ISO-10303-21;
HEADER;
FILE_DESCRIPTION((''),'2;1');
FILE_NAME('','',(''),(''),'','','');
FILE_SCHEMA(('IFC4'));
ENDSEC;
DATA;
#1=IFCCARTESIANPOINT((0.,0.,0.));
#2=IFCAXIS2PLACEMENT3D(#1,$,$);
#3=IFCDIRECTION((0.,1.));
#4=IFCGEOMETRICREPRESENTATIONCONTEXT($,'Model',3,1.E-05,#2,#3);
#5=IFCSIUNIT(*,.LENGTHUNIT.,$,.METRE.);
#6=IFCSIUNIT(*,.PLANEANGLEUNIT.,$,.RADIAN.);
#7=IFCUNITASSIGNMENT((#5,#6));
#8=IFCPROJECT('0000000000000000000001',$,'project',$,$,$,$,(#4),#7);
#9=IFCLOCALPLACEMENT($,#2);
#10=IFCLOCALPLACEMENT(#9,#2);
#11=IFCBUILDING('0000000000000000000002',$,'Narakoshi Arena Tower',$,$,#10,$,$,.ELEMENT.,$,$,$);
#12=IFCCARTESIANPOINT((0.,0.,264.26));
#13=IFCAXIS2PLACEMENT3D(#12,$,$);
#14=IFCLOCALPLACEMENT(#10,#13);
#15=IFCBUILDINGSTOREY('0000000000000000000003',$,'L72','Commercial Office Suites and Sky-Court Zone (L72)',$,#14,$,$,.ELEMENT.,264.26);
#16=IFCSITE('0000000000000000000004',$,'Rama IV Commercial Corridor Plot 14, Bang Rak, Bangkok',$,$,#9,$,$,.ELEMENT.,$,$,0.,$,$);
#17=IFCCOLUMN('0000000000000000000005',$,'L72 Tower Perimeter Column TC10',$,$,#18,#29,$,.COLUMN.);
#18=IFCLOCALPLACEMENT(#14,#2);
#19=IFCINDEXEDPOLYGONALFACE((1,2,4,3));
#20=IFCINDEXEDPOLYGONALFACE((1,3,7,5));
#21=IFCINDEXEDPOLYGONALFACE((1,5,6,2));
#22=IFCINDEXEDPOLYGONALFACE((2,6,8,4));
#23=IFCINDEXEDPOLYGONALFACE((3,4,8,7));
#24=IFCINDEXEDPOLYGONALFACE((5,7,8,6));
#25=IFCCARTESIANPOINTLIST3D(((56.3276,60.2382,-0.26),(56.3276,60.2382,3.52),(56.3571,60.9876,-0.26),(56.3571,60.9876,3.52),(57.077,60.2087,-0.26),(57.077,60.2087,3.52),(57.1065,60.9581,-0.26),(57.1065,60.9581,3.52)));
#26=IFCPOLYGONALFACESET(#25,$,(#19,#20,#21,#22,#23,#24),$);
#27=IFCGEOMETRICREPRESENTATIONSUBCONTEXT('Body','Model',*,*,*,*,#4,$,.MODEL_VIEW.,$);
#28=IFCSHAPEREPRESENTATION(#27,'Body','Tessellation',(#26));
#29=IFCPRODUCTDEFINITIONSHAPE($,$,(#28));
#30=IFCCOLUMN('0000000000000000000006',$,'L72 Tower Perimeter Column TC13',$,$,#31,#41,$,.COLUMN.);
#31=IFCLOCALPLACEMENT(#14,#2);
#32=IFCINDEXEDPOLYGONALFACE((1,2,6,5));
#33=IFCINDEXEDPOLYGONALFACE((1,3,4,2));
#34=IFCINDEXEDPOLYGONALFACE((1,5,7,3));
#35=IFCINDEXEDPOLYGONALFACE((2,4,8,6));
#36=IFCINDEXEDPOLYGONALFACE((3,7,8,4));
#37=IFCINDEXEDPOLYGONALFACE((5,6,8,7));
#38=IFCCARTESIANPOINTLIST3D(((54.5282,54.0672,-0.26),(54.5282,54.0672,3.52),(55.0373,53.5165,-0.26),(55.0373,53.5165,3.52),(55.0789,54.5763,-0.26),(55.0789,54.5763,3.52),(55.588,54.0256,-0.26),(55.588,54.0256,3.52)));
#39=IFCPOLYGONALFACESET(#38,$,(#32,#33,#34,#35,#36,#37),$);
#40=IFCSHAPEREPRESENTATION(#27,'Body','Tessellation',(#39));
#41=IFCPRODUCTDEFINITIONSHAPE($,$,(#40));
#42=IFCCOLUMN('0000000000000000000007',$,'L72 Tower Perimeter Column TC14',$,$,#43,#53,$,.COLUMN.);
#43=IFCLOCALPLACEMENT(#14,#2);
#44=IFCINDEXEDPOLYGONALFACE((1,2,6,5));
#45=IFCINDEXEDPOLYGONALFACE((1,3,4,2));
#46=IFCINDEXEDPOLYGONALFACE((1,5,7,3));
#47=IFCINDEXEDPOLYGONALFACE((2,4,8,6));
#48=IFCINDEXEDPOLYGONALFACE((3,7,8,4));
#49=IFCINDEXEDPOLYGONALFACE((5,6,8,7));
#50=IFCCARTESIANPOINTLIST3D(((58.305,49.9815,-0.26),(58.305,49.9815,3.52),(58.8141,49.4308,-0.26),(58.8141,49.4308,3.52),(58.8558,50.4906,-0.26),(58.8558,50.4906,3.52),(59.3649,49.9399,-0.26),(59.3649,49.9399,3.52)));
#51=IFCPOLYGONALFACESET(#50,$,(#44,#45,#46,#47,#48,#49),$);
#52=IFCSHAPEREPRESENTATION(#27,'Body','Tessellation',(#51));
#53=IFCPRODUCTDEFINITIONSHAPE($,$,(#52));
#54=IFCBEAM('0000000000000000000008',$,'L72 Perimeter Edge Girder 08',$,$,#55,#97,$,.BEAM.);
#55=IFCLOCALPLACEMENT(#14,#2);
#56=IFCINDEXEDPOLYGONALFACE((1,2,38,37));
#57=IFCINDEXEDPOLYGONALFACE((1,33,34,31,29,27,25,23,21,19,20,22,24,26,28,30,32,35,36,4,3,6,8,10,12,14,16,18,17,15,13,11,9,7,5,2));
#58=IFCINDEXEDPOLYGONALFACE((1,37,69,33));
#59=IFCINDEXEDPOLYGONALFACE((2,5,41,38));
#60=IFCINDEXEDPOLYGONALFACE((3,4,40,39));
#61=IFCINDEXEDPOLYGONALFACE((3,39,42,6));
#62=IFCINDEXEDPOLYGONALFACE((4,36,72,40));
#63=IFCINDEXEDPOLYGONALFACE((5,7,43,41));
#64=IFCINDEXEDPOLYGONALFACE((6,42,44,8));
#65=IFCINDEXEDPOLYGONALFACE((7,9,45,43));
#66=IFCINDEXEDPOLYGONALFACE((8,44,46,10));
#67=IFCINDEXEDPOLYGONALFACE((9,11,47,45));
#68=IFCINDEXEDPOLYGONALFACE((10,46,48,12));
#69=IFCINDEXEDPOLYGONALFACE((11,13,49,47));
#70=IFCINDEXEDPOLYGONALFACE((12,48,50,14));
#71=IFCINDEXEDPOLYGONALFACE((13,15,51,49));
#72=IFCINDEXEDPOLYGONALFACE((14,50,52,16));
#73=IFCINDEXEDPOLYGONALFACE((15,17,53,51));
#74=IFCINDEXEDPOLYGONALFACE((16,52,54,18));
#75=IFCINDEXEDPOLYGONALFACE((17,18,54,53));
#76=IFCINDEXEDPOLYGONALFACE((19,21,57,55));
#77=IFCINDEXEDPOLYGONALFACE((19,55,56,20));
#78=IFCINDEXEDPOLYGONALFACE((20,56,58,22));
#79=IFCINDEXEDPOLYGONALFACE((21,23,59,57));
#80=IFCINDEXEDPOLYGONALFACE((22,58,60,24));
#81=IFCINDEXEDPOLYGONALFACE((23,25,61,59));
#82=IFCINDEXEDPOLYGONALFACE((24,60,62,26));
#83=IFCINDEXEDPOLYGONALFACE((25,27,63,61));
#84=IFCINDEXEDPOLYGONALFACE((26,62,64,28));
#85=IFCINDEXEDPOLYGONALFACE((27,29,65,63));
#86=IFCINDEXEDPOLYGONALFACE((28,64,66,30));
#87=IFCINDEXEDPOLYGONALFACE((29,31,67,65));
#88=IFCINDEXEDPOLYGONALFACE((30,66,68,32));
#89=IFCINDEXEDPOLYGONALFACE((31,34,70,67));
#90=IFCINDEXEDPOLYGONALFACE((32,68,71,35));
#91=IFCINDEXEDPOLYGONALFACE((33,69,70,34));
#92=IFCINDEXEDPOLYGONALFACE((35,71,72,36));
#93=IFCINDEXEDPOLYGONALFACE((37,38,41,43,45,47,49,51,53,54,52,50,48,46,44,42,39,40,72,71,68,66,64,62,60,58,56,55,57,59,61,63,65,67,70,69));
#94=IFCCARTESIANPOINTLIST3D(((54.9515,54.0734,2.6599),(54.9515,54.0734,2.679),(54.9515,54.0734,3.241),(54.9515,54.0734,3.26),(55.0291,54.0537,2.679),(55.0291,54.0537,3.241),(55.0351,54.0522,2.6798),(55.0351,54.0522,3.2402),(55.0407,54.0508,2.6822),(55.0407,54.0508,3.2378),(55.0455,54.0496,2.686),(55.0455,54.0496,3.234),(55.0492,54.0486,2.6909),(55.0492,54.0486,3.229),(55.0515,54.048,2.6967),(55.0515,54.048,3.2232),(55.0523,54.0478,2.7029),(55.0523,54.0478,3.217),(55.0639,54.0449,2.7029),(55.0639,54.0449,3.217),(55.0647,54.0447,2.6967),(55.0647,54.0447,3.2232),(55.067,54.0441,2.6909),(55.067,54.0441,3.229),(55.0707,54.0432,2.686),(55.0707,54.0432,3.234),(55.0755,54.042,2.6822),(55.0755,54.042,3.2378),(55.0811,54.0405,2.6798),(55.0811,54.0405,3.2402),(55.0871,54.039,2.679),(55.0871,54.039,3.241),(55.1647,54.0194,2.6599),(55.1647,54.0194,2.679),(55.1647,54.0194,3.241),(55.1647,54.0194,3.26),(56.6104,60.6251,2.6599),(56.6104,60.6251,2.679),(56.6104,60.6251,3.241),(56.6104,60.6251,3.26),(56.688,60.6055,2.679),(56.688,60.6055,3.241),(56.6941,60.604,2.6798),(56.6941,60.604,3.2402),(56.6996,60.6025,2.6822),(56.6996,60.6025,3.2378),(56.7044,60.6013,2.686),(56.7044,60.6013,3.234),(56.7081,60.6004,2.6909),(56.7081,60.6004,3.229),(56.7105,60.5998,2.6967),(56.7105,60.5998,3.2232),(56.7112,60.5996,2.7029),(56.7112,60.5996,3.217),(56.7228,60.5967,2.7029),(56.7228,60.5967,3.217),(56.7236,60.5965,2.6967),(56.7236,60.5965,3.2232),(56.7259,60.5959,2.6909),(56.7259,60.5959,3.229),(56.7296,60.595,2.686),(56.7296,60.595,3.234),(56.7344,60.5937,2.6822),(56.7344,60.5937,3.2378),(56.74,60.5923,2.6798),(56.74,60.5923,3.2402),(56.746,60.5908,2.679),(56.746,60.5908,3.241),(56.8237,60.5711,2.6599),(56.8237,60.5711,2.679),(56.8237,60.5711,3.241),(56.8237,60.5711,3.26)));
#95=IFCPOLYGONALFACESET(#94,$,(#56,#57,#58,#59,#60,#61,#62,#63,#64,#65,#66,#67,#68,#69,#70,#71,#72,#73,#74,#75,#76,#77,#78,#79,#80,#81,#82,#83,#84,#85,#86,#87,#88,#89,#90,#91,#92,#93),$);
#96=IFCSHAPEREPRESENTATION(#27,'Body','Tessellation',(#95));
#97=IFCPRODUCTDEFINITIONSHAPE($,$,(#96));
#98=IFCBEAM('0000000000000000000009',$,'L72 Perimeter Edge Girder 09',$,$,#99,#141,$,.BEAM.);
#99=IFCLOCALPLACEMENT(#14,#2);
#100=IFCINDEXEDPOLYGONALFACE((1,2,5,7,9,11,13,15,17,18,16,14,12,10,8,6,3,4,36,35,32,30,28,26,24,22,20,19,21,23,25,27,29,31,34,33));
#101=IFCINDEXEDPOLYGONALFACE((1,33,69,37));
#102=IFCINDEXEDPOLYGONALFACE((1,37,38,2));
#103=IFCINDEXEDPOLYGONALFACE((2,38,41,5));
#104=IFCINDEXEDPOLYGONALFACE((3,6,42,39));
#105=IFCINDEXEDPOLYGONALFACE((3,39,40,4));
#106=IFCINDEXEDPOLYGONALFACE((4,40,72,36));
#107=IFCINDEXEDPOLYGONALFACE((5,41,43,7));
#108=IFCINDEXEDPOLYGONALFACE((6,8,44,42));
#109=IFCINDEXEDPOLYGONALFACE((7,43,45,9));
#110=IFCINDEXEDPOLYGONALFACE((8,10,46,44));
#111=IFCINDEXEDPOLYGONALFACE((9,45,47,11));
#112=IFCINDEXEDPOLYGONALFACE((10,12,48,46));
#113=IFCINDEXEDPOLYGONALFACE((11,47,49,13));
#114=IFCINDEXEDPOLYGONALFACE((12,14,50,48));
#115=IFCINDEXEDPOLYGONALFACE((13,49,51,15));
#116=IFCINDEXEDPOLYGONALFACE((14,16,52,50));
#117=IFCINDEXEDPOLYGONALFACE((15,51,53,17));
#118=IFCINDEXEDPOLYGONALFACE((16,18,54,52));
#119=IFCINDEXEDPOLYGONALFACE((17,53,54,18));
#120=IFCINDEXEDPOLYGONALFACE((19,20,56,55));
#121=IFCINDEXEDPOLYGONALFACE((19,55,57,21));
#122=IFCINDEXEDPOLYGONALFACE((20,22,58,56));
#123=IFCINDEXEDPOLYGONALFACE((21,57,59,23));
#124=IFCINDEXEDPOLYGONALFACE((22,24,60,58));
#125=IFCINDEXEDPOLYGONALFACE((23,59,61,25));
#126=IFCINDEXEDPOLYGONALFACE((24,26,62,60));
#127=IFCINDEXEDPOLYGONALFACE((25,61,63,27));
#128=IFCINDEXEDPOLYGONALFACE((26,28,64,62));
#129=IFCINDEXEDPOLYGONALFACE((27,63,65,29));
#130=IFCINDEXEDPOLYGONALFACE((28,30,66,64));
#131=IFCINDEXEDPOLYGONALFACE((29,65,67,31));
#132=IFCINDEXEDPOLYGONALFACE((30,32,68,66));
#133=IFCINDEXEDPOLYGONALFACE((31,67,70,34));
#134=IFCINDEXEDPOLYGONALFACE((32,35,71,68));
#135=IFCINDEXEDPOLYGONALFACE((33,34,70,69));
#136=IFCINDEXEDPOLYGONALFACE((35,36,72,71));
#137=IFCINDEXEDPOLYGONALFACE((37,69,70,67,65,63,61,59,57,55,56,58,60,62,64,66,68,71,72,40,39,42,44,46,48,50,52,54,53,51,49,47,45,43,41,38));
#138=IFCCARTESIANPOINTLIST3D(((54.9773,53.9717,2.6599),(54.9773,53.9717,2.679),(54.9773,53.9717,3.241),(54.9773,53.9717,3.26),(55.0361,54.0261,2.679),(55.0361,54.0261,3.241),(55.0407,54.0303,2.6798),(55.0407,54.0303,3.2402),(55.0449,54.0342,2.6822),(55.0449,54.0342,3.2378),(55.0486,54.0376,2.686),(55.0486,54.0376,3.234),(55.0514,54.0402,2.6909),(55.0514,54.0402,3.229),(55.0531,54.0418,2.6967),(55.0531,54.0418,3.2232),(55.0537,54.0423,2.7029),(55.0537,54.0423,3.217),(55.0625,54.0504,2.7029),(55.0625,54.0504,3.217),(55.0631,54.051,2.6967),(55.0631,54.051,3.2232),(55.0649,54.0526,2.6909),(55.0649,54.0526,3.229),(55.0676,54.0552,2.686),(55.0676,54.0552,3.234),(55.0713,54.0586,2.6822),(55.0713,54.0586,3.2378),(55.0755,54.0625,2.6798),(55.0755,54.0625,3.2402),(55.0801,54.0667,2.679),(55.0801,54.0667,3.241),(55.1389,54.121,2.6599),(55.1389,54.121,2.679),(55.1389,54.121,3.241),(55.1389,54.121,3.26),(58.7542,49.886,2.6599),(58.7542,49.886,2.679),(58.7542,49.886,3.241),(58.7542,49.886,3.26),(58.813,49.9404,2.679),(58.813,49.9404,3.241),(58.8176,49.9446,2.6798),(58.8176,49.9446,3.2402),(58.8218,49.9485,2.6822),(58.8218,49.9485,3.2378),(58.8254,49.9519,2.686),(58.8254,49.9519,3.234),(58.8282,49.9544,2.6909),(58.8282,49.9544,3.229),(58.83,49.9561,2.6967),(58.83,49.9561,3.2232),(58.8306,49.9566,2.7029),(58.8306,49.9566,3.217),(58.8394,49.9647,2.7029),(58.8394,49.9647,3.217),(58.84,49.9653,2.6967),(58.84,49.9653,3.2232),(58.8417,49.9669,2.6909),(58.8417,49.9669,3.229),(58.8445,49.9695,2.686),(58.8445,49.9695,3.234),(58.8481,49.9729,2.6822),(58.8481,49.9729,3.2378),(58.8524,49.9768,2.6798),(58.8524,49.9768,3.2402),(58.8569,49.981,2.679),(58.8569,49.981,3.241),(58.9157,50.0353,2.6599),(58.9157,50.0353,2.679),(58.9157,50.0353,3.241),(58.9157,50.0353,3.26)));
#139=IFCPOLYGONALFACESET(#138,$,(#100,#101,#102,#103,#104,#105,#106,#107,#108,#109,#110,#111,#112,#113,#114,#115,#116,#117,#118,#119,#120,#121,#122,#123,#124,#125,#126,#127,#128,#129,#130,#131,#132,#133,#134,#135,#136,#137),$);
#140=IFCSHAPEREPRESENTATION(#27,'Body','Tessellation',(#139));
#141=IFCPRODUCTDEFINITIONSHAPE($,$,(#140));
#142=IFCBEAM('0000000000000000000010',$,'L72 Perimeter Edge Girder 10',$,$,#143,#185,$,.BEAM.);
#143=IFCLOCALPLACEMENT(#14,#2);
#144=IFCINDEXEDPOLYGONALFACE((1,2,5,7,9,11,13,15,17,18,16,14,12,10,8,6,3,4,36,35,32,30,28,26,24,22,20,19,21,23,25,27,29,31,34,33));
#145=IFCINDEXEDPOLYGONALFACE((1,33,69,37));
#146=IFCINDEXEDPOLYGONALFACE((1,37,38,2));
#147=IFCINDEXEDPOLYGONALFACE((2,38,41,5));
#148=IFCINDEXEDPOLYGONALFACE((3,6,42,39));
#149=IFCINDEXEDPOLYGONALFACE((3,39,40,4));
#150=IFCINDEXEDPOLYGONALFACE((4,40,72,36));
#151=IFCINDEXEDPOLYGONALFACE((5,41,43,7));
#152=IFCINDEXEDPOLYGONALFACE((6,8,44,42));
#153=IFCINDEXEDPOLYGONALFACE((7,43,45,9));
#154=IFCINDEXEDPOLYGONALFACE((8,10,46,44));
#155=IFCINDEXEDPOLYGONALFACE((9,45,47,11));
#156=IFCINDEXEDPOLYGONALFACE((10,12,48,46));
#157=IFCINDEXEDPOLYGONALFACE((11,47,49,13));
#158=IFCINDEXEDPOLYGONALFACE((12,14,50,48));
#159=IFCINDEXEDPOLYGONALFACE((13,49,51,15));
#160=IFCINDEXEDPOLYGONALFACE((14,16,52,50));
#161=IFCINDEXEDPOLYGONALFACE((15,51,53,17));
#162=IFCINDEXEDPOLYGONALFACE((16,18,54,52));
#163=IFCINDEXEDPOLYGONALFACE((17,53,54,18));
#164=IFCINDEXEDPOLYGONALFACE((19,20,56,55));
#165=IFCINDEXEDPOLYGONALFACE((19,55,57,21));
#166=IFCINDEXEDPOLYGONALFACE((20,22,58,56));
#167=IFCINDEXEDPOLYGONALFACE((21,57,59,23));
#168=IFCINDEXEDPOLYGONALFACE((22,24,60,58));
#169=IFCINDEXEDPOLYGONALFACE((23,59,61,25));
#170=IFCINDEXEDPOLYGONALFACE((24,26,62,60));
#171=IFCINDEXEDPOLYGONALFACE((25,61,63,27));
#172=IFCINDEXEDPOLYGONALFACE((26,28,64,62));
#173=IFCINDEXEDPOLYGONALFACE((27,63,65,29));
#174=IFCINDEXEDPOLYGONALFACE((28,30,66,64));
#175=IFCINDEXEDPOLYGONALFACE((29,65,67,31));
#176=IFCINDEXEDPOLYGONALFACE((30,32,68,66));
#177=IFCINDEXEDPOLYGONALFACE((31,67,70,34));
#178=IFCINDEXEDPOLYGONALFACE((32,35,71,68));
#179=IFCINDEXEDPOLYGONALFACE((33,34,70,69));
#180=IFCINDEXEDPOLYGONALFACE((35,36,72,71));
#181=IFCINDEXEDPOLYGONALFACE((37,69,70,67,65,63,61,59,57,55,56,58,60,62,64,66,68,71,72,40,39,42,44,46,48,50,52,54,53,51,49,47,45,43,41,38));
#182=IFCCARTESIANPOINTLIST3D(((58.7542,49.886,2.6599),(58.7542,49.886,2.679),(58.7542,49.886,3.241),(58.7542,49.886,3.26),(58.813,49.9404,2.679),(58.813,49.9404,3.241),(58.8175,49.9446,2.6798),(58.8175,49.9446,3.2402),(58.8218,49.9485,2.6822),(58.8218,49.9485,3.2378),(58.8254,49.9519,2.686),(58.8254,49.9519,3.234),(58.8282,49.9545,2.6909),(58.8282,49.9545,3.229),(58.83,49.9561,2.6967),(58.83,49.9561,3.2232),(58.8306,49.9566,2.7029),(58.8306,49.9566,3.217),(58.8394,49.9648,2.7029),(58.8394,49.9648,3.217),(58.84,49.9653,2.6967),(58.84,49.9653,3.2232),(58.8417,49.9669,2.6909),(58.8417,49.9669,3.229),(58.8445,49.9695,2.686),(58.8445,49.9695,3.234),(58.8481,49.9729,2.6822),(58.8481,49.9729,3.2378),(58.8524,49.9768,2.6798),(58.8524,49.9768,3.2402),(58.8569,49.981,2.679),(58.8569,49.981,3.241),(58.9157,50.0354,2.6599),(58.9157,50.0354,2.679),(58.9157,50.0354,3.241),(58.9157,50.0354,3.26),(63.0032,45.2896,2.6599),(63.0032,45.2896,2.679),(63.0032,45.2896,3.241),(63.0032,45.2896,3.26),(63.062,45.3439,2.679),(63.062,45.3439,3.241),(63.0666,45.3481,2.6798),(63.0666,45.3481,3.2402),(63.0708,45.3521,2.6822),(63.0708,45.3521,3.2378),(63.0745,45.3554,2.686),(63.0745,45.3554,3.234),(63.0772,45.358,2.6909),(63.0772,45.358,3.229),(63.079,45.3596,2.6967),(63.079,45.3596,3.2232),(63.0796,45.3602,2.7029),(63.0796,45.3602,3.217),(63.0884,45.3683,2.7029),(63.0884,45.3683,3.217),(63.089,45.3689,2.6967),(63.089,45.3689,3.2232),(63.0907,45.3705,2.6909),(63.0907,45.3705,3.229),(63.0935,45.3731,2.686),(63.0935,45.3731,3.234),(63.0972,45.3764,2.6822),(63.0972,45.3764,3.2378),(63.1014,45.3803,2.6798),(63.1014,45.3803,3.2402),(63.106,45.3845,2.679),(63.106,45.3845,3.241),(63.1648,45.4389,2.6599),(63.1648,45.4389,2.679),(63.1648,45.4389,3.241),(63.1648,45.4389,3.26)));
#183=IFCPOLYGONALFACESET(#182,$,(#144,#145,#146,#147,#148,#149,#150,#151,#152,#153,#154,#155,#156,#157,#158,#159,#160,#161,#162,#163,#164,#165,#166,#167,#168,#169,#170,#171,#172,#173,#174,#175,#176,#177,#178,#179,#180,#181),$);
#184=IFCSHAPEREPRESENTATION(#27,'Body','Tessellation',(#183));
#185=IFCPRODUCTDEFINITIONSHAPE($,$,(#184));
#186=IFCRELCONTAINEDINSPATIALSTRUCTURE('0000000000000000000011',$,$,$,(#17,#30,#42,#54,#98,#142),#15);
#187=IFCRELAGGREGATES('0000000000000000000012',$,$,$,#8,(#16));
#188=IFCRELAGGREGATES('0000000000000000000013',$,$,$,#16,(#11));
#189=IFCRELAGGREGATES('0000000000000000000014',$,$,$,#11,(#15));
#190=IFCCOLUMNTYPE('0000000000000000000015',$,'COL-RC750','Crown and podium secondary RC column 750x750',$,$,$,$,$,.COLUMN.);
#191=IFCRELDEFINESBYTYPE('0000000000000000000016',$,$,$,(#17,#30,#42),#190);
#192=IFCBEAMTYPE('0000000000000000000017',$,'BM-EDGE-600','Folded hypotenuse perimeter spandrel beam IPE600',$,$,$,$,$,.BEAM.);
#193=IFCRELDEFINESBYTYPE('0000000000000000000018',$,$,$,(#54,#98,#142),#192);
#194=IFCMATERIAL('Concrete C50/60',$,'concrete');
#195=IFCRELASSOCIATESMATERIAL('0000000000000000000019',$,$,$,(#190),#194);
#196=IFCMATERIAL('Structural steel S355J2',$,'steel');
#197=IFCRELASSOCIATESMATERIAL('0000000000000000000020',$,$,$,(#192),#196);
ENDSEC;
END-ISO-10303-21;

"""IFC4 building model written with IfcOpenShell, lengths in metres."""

from ifc_helpers import new_model, si_unit, direction, frame, origin, origin_2d, place, context, subcontext, project, spatial, rectangle, i_section, extrude, material, material_profile, profile_set, type_object, element, save


model = new_model("IFC4")

# Units and contexts
model_context = context("Model", 3, precision=1e-05, world=origin(), true_north=direction((0.0, 1.0)))
body_context = subcontext(model_context, "Body", "Model", "MODEL_VIEW")
ifc_project = project(units=[si_unit("LENGTHUNIT", "METRE"), si_unit("PLANEANGLEUNIT", "RADIAN")], contexts=[model_context])

# Site, building, storey
site_placement = place(None, origin())
site = spatial("IfcSite", under=ifc_project, at=site_placement, Name="Rama IV Commercial Corridor Plot 14, Bang Rak, Bangkok", CompositionType="ELEMENT", RefElevation=0.0)
building_placement = place(site_placement, origin())
building = spatial("IfcBuilding", under=site, at=building_placement, Name="Narakoshi Arena Tower", CompositionType="ELEMENT")
storey_placement = place(building_placement, frame((0.0, 0.0, 264.26)))
storey = spatial("IfcBuildingStorey", under=building, at=storey_placement, Name="L72", Description="Commercial Office Suites and Sky-Court Zone (L72)", CompositionType="ELEMENT", Elevation=264.26)

# Columns
ifc_material_1 = material(Name="Concrete C50/60", Category="concrete")
ifc_material_profile_1 = material_profile(ifc_material_1, rectangle(XDim=0.75, YDim=0.75, at=origin_2d()), Name="RC750x750")
ifc_profile_set_1 = profile_set([ifc_material_profile_1], Name="Concrete C50/60")
column_type = type_object("IfcColumnType", Name="COL-RC750", Description="Crown and podium secondary RC column 750x750", PredefinedType="COLUMN", material=ifc_profile_set_1)
for number, where, z_axis, x_axis, name in (
    (1, (56.717, 60.5981, -0.26), (0.0, 0.0, 1.0), (0.03926, 0.999229, 0.0), "L72 Tower Perimeter Column TC10"),
    (2, (55.0581, 54.0464, -0.26), (0.0, 0.0, 1.0), (-0.678801, 0.734323, 0.0), "L72 Tower Perimeter Column TC13"),
    (3, (58.835, 49.9607, -0.26), (0.0, 0.0, 1.0), (-0.678801, 0.734323, 0.0), "L72 Tower Perimeter Column TC14"),
):
    element("IfcColumn", number, at=place(storey_placement, frame(where, z_axis=z_axis, x_axis=x_axis)), inside=storey, type_object=column_type, Name=name, PredefinedType="COLUMN", context=body_context, shape_type="SweptSolid", body=[
        extrude(rectangle(XDim=0.75, YDim=0.75, at=origin_2d()), origin(), (0.0, 0.0, 1.0), 3.78),
    ])

# Beams
ifc_material_2 = material(Name="Structural steel S355J2", Category="steel")
ifc_material_profile_2 = material_profile(ifc_material_2, i_section(OverallWidth=0.22, OverallDepth=0.6001, WebThickness=0.012, FlangeThickness=0.019, FilletRadius=0.0239, at=origin_2d()), Name="IPE600")
ifc_profile_set_2 = profile_set([ifc_material_profile_2], Name="Structural steel S355J2")
beam_type_1 = type_object("IfcBeamType", Name="BM-EDGE-600", Description="Folded hypotenuse perimeter spandrel beam IPE600", PredefinedType="BEAM", material=ifc_profile_set_2)
beam_1_placement = place(storey_placement, frame((56.717, 60.5981, 2.96), z_axis=(-0.245458, -0.969407, 0.0), x_axis=(0.969407, -0.245458, 0.0)))
element("IfcBeam", 4, at=beam_1_placement, inside=storey, type_object=beam_type_1, Name="L72 Perimeter Edge Girder 08", PredefinedType="BEAM", context=body_context, shape_type="SweptSolid", body=[
    extrude(i_section(OverallWidth=0.22, OverallDepth=0.6001, WebThickness=0.012, FlangeThickness=0.019, FilletRadius=0.0239, at=origin_2d()), origin(), (0.0, 0.0, 1.0), 6.7585),
])
beam_2_placement = place(storey_placement, frame((55.0581, 54.0464, 2.96), z_axis=(0.678808, -0.734315, 0.0), x_axis=(0.734315, 0.678808, 0.0)))
element("IfcBeam", 5, at=beam_2_placement, inside=storey, type_object=beam_type_1, Name="L72 Perimeter Edge Girder 09", PredefinedType="BEAM", context=body_context, shape_type="SweptSolid", body=[
    extrude(i_section(OverallWidth=0.22, OverallDepth=0.6001, WebThickness=0.012, FlangeThickness=0.019, FilletRadius=0.0239, at=origin_2d()), origin(), (0.0, 0.0, 1.0), 5.564),
])
beam_3_placement = place(storey_placement, frame((58.835, 49.9607, 2.96), z_axis=(0.678811, -0.734313, 0.0), x_axis=(0.734313, 0.678811, 0.0)))
element("IfcBeam", 6, at=beam_3_placement, inside=storey, type_object=beam_type_1, Name="L72 Perimeter Edge Girder 10", PredefinedType="BEAM", context=body_context, shape_type="SweptSolid", body=[
    extrude(i_section(OverallWidth=0.22, OverallDepth=0.6001, WebThickness=0.012, FlangeThickness=0.019, FilletRadius=0.0239, at=origin_2d()), origin(), (0.0, 0.0, 1.0), 6.2595),
])

save(model, "model.ifc")
